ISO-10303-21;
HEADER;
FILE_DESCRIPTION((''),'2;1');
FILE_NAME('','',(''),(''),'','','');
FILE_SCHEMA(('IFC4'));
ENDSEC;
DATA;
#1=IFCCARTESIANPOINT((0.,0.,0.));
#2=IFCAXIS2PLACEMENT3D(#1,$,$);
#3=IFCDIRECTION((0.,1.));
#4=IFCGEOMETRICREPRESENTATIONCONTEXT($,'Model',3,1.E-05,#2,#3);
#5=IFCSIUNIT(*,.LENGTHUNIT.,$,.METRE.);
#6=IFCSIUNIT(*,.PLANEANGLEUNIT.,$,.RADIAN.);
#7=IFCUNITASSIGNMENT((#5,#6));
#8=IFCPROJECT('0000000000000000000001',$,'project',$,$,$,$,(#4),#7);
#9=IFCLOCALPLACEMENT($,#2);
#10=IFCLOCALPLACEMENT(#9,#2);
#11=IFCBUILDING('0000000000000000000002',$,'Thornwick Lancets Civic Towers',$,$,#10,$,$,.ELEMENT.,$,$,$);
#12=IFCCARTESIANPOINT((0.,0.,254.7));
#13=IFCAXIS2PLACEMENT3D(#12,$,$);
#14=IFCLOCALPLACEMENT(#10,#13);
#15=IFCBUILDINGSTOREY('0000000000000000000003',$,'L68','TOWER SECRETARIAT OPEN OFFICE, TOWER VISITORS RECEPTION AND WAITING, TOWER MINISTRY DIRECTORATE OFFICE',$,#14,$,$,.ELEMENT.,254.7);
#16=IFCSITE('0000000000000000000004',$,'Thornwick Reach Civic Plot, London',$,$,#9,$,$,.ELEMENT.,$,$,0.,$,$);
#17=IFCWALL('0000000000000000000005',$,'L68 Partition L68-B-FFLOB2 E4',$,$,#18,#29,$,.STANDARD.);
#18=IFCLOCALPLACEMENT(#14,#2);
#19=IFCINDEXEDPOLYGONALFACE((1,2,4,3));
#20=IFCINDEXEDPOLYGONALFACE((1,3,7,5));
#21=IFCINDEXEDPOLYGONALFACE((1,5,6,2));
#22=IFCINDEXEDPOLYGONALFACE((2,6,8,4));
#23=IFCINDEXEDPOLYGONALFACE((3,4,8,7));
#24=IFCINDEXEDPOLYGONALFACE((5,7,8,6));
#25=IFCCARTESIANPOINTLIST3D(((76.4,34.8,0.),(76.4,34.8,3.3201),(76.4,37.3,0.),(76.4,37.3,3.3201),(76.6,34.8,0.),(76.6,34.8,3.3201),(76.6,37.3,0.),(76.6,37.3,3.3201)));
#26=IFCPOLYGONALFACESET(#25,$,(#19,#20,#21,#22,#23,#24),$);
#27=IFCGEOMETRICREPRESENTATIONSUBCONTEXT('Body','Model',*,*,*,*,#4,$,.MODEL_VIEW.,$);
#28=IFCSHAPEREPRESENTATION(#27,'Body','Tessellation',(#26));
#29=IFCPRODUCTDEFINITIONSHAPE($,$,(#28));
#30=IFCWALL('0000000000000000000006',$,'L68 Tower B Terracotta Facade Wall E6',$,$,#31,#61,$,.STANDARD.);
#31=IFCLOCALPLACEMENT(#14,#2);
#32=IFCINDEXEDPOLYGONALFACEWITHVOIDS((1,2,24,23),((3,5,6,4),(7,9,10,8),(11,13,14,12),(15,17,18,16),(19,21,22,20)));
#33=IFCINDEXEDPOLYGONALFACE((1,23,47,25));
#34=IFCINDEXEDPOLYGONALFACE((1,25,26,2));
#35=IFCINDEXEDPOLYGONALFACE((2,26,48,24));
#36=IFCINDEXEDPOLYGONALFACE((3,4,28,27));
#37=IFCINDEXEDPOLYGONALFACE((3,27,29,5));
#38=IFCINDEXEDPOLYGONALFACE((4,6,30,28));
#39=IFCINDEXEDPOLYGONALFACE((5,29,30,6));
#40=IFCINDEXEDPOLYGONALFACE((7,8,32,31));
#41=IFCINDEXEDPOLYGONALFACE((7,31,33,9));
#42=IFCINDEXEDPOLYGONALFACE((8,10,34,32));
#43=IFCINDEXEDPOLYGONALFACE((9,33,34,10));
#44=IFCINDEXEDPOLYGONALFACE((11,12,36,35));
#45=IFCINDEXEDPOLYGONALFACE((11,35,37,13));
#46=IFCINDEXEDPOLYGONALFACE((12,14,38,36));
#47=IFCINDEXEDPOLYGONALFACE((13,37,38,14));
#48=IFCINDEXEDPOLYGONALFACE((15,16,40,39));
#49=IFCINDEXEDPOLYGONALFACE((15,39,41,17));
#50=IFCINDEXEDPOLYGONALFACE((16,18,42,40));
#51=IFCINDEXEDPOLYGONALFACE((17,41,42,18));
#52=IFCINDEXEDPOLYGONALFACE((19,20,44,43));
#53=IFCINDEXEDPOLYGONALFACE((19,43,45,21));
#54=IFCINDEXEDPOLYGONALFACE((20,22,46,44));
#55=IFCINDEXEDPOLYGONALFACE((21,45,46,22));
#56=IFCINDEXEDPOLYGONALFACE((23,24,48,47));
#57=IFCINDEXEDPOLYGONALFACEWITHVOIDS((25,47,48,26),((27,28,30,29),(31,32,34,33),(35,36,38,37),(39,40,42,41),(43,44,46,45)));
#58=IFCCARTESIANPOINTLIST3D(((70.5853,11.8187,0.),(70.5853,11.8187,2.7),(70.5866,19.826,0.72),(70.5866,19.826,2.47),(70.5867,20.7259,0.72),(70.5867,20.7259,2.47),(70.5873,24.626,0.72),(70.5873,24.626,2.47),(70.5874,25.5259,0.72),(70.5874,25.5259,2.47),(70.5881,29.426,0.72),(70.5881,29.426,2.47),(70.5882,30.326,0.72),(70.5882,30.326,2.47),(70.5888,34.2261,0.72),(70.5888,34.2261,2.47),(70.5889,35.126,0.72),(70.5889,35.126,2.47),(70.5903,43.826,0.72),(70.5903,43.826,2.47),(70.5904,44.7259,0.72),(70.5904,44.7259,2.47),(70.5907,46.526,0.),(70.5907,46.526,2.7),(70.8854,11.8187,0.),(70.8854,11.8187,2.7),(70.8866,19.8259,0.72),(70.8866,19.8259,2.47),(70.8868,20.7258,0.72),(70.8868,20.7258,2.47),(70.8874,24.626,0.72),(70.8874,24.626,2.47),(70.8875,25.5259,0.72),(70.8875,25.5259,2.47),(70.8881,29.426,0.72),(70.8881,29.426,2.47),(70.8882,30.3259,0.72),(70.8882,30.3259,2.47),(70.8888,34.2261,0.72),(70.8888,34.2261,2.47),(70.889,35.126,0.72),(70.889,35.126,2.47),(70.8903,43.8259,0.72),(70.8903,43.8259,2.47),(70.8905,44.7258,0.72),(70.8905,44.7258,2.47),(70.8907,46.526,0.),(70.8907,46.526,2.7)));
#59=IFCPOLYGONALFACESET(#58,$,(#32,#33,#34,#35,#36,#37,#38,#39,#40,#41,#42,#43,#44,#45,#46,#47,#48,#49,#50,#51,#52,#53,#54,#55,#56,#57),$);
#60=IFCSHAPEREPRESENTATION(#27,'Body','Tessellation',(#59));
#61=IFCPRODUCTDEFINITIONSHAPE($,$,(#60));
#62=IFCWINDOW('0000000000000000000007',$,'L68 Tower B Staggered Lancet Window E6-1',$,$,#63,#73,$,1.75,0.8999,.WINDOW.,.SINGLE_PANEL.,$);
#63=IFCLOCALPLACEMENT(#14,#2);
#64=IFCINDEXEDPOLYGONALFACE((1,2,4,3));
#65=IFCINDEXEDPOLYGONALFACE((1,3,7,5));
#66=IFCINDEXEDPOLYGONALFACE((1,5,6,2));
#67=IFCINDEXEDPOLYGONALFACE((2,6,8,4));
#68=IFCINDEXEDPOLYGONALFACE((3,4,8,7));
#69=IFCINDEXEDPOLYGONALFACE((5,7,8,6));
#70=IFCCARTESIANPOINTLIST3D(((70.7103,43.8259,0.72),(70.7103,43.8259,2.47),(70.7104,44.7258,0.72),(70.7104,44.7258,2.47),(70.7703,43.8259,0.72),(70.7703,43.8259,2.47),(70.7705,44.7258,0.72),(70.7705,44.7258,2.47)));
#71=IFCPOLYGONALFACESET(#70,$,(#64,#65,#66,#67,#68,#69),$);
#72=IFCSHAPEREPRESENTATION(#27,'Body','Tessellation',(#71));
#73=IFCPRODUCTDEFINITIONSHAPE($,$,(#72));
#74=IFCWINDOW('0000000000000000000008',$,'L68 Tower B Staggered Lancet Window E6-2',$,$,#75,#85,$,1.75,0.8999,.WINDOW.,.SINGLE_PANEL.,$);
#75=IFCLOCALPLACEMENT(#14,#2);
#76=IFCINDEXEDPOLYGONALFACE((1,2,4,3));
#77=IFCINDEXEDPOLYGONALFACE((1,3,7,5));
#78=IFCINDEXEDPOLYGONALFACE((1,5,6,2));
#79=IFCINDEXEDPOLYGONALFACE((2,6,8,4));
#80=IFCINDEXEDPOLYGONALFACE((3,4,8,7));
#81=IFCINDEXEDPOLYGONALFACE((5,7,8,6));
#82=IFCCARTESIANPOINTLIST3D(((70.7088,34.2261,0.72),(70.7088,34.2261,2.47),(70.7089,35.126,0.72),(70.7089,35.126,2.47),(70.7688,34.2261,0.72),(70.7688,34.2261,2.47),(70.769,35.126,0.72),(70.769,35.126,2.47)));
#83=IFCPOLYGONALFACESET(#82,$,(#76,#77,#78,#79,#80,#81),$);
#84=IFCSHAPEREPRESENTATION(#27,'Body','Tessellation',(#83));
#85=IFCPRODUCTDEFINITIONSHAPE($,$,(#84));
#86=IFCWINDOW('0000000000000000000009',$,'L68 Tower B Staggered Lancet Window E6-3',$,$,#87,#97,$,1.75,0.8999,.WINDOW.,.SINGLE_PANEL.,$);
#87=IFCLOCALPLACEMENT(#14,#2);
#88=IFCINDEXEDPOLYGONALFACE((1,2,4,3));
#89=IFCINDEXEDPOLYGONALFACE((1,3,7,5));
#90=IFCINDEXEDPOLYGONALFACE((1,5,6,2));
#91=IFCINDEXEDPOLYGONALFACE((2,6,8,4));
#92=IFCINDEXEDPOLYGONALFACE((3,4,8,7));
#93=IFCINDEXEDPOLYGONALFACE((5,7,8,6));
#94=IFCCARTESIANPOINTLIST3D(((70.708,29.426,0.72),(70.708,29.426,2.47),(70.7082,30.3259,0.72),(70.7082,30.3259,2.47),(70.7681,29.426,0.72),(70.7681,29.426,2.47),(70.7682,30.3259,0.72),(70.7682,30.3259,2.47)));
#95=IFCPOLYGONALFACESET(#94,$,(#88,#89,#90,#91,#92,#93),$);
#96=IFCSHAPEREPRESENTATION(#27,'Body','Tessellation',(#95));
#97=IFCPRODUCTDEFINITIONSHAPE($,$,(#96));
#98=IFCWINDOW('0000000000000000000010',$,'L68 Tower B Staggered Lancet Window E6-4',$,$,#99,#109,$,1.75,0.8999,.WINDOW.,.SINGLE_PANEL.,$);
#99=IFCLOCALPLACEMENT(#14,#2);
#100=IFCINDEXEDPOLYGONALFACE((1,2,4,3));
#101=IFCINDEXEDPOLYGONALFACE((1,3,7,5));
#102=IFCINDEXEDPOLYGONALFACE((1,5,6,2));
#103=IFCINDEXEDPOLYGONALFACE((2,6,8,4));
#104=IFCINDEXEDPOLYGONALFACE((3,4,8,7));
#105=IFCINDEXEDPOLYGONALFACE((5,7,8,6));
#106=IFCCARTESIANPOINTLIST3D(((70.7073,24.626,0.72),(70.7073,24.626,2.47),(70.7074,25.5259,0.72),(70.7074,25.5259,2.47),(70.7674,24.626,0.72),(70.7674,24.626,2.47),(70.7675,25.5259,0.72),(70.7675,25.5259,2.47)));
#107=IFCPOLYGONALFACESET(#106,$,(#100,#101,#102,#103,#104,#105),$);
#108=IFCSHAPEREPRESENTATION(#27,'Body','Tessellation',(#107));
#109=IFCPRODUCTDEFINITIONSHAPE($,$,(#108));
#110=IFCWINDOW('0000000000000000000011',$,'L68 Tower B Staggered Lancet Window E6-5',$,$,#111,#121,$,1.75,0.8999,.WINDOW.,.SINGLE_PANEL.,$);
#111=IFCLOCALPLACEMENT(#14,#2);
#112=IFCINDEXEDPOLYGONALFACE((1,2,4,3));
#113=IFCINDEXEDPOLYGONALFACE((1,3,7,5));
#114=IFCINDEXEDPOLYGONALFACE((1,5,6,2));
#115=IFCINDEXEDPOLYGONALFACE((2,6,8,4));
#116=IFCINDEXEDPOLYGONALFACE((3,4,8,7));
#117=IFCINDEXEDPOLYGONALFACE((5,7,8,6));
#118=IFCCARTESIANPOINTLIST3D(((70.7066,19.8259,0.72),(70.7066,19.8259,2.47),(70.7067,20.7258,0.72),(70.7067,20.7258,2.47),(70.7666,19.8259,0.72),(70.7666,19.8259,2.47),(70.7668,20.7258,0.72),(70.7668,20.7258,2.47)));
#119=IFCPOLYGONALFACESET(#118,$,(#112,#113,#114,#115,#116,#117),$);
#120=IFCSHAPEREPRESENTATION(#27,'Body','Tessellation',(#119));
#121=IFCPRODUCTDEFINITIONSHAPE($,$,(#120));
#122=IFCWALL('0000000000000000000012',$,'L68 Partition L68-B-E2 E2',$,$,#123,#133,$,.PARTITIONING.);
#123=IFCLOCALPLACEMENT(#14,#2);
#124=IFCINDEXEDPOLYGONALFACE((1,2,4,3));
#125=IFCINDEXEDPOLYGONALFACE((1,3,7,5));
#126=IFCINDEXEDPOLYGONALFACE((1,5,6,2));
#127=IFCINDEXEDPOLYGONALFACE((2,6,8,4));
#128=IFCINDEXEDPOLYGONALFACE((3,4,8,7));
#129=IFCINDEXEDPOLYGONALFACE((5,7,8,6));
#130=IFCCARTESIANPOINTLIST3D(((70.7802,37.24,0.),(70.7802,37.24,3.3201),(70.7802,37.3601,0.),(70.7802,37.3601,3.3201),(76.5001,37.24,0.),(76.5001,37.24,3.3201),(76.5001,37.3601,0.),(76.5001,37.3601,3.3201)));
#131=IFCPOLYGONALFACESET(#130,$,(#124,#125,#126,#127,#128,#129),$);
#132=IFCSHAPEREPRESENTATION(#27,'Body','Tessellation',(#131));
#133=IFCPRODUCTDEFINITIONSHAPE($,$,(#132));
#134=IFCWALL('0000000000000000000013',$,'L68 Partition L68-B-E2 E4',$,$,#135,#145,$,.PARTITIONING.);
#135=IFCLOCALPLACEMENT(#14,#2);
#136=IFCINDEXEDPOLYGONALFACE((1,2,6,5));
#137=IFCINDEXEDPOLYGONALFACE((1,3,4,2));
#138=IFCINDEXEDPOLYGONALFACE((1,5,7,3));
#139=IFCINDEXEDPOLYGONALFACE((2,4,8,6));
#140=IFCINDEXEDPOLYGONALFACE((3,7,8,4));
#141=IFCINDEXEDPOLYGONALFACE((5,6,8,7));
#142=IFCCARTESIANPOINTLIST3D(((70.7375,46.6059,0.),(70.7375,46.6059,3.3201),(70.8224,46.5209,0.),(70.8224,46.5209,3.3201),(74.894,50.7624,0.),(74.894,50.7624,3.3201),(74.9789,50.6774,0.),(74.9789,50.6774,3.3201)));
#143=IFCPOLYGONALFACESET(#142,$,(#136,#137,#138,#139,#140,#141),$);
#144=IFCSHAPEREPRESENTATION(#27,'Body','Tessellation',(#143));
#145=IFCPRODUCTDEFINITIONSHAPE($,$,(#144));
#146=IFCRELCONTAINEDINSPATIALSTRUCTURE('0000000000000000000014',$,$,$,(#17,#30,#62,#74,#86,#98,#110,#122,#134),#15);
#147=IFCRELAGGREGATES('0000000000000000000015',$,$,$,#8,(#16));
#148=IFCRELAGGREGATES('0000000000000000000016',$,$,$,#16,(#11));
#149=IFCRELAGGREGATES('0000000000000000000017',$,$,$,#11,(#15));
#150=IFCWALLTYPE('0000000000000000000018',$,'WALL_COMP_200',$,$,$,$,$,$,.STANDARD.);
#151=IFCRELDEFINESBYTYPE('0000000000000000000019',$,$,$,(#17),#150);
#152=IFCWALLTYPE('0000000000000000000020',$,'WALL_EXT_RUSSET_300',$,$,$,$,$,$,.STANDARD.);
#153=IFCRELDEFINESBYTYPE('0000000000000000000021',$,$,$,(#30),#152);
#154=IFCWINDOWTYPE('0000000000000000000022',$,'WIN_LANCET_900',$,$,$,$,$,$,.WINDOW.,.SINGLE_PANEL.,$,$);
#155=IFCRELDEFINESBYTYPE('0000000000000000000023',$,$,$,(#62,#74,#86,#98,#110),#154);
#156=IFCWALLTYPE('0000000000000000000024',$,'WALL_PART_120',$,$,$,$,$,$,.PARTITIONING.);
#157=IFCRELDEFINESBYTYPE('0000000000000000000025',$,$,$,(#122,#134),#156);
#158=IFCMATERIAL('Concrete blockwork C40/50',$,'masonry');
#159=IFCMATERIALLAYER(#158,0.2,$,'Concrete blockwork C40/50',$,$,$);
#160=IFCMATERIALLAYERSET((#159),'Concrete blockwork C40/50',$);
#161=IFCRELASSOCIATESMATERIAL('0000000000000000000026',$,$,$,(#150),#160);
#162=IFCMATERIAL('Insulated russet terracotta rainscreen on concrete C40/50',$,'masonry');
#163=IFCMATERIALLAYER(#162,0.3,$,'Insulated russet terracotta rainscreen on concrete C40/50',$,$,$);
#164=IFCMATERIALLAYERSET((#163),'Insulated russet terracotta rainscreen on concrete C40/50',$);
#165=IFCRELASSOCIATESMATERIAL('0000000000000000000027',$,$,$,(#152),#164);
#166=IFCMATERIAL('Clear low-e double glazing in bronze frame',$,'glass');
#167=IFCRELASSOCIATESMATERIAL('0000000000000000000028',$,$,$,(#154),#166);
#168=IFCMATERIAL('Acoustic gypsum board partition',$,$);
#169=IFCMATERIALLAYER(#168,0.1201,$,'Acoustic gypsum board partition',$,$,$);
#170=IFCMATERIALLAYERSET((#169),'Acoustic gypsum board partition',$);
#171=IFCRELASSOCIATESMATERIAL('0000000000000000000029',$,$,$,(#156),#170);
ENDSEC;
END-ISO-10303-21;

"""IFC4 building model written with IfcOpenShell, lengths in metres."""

from ifc_helpers import new_model, si_unit, direction, frame, frame_2d, origin, place, context, subcontext, project, spatial, rectangle, extrude, material, layer, layer_set, type_object, element, fill, save


model = new_model("IFC4")

# Units and contexts
model_context = context("Model", 3, precision=1e-05, world=origin(), true_north=direction((0.0, 1.0)))
body_context = subcontext(model_context, "Body", "Model", "MODEL_VIEW")
ifc_project = project(units=[si_unit("LENGTHUNIT", "METRE"), si_unit("PLANEANGLEUNIT", "RADIAN")], contexts=[model_context])

# Site, building, storey
site_placement = place(None, origin())
site = spatial("IfcSite", under=ifc_project, at=site_placement, Name="Thornwick Reach Civic Plot, London", CompositionType="ELEMENT", RefElevation=0.0)
building_placement = place(site_placement, origin())
building = spatial("IfcBuilding", under=site, at=building_placement, Name="Thornwick Lancets Civic Towers", CompositionType="ELEMENT")
storey_placement = place(building_placement, frame((0.0, 0.0, 254.7)))
storey = spatial("IfcBuildingStorey", under=building, at=storey_placement, Name="L68", Description="TOWER SECRETARIAT OPEN OFFICE, TOWER VISITORS RECEPTION AND WAITING, TOWER MINISTRY DIRECTORATE OFFICE", CompositionType="ELEMENT", Elevation=254.7)

# Wall
ifc_material_1 = material(Name="Concrete blockwork C40/50", Category="masonry")
ifc_layer_1 = layer(ifc_material_1, 0.2, Name="Concrete blockwork C40/50")
ifc_layer_set_1 = layer_set([ifc_layer_1], Name="Concrete blockwork C40/50")
wall_type_1 = type_object("IfcWallType", Name="WALL_COMP_200", PredefinedType="STANDARD", material=ifc_layer_set_1)
wall_1_placement = place(storey_placement, frame((76.5, 37.3, 0.0), z_axis=(0.0, 0.0, 1.0), x_axis=(0.0, -1.0, 0.0)))
element("IfcWall", 1, at=wall_1_placement, inside=storey, type_object=wall_type_1, Name="L68 Partition L68-B-FFLOB2 E4", PredefinedType="STANDARD", context=body_context, shape_type="SweptSolid", body=[
    extrude(rectangle(XDim=2.5, YDim=0.2, at=frame_2d((1.25, 0.0))), origin(), (0.0, 0.0, 1.0), 3.3201),
])

# Wall, openings, windows
ifc_material_2 = material(Name="Insulated russet terracotta rainscreen on concrete C40/50", Category="masonry")
ifc_layer_2 = layer(ifc_material_2, 0.3, Name="Insulated russet terracotta rainscreen on concrete C40/50")
ifc_layer_set_2 = layer_set([ifc_layer_2], Name="Insulated russet terracotta rainscreen on concrete C40/50")
wall_type_2 = type_object("IfcWallType", Name="WALL_EXT_RUSSET_300", PredefinedType="STANDARD", material=ifc_layer_set_2)
wall_2_placement = place(storey_placement, frame((70.7407, 46.5259, 0.0), z_axis=(0.0, 0.0, 1.0), x_axis=(-0.000155, -1.0, 0.0)))
wall_2 = element("IfcWall", 2, at=wall_2_placement, inside=storey, type_object=wall_type_2, Name="L68 Tower B Terracotta Facade Wall E6", PredefinedType="STANDARD", context=body_context, shape_type="SweptSolid", body=[
    extrude(rectangle(XDim=34.7073, YDim=0.3, at=frame_2d((17.3535, 0.0))), origin(), (0.0, 0.0, 1.0), 2.7),
])
opening_1_placement = place(wall_2_placement, frame((1.8, 0.0, 0.72)))
opening_1 = element("IfcOpeningElement", 3, at=opening_1_placement, cuts=wall_2, PredefinedType="OPENING", context=body_context, shape_type="SweptSolid", body=[
    extrude(rectangle(XDim=0.8999, YDim=1.75, at=frame_2d((0.45, 0.875))), frame((0.0, 0.1602, 0.0), z_axis=(0.0, -1.0, 0.0), x_axis=(1.0, 0.0, 0.0)), (0.0, 0.0, 1.0), 0.3201),
])
opening_2_placement = place(wall_2_placement, frame((11.3999, 0.0, 0.72)))
opening_2 = element("IfcOpeningElement", 4, at=opening_2_placement, cuts=wall_2, PredefinedType="OPENING", context=body_context, shape_type="SweptSolid", body=[
    extrude(rectangle(XDim=0.8999, YDim=1.75, at=frame_2d((0.45, 0.875))), frame((0.0, 0.1602, 0.0), z_axis=(0.0, -1.0, 0.0), x_axis=(1.0, 0.0, 0.0)), (0.0, 0.0, 1.0), 0.3201),
])
opening_3_placement = place(wall_2_placement, frame((16.2, 0.0, 0.72)))
opening_3 = element("IfcOpeningElement", 5, at=opening_3_placement, cuts=wall_2, PredefinedType="OPENING", context=body_context, shape_type="SweptSolid", body=[
    extrude(rectangle(XDim=0.8999, YDim=1.75, at=frame_2d((0.45, 0.875))), frame((0.0, 0.1602, 0.0), z_axis=(0.0, -1.0, 0.0), x_axis=(1.0, 0.0, 0.0)), (0.0, 0.0, 1.0), 0.3201),
])
opening_4_placement = place(wall_2_placement, frame((21.0, 0.0, 0.72)))
opening_4 = element("IfcOpeningElement", 6, at=opening_4_placement, cuts=wall_2, PredefinedType="OPENING", context=body_context, shape_type="SweptSolid", body=[
    extrude(rectangle(XDim=0.8999, YDim=1.75, at=frame_2d((0.45, 0.875))), frame((0.0, 0.1602, 0.0), z_axis=(0.0, -1.0, 0.0), x_axis=(1.0, 0.0, 0.0)), (0.0, 0.0, 1.0), 0.3201),
])
opening_5_placement = place(wall_2_placement, frame((25.8, 0.0, 0.72)))
opening_5 = element("IfcOpeningElement", 7, at=opening_5_placement, cuts=wall_2, PredefinedType="OPENING", context=body_context, shape_type="SweptSolid", body=[
    extrude(rectangle(XDim=0.8999, YDim=1.75, at=frame_2d((0.45, 0.875))), frame((0.0, 0.1602, 0.0), z_axis=(0.0, -1.0, 0.0), x_axis=(1.0, 0.0, 0.0)), (0.0, 0.0, 1.0), 0.3201),
])
ifc_material_3 = material(Name="Clear low-e double glazing in bronze frame", Category="glass")
window_type = type_object("IfcWindowType", Name="WIN_LANCET_900", PartitioningType="SINGLE_PANEL", PredefinedType="WINDOW", material=ifc_material_3)
window_1_placement = place(opening_1_placement, origin())
window_1 = element("IfcWindow", 8, at=window_1_placement, inside=storey, type_object=window_type, Name="L68 Tower B Staggered Lancet Window E6-1", OverallHeight=1.75, OverallWidth=0.8999, PartitioningType="SINGLE_PANEL", PredefinedType="WINDOW", context=body_context, shape_type="SweptSolid", body=[
    extrude(rectangle(XDim=0.8999, YDim=1.75, at=frame_2d((0.45, 0.875))), frame((0.0, 0.03, 0.0), z_axis=(0.0, -1.0, 0.0), x_axis=(1.0, 0.0, 0.0)), (0.0, 0.0, 1.0), 0.0601),
])
fill(opening_1, window_1)
window_2_placement = place(opening_2_placement, origin())
window_2 = element("IfcWindow", 9, at=window_2_placement, inside=storey, type_object=window_type, Name="L68 Tower B Staggered Lancet Window E6-2", OverallHeight=1.75, OverallWidth=0.8999, PartitioningType="SINGLE_PANEL", PredefinedType="WINDOW", context=body_context, shape_type="SweptSolid", body=[
    extrude(rectangle(XDim=0.8999, YDim=1.75, at=frame_2d((0.45, 0.875))), frame((0.0, 0.03, 0.0), z_axis=(0.0, -1.0, 0.0), x_axis=(1.0, 0.0, 0.0)), (0.0, 0.0, 1.0), 0.0601),
])
fill(opening_2, window_2)
window_3_placement = place(opening_3_placement, origin())
window_3 = element("IfcWindow", 10, at=window_3_placement, inside=storey, type_object=window_type, Name="L68 Tower B Staggered Lancet Window E6-3", OverallHeight=1.75, OverallWidth=0.8999, PartitioningType="SINGLE_PANEL", PredefinedType="WINDOW", context=body_context, shape_type="SweptSolid", body=[
    extrude(rectangle(XDim=0.8999, YDim=1.75, at=frame_2d((0.45, 0.875))), frame((0.0, 0.03, 0.0), z_axis=(0.0, -1.0, 0.0), x_axis=(1.0, 0.0, 0.0)), (0.0, 0.0, 1.0), 0.0601),
])
fill(opening_3, window_3)
window_4_placement = place(opening_4_placement, origin())
window_4 = element("IfcWindow", 11, at=window_4_placement, inside=storey, type_object=window_type, Name="L68 Tower B Staggered Lancet Window E6-4", OverallHeight=1.75, OverallWidth=0.8999, PartitioningType="SINGLE_PANEL", PredefinedType="WINDOW", context=body_context, shape_type="SweptSolid", body=[
    extrude(rectangle(XDim=0.8999, YDim=1.75, at=frame_2d((0.45, 0.875))), frame((0.0, 0.03, 0.0), z_axis=(0.0, -1.0, 0.0), x_axis=(1.0, 0.0, 0.0)), (0.0, 0.0, 1.0), 0.0601),
])
fill(opening_4, window_4)
window_5_placement = place(opening_5_placement, origin())
window_5 = element("IfcWindow", 12, at=window_5_placement, inside=storey, type_object=window_type, Name="L68 Tower B Staggered Lancet Window E6-5", OverallHeight=1.75, OverallWidth=0.8999, PartitioningType="SINGLE_PANEL", PredefinedType="WINDOW", context=body_context, shape_type="SweptSolid", body=[
    extrude(rectangle(XDim=0.8999, YDim=1.75, at=frame_2d((0.45, 0.875))), frame((0.0, 0.03, 0.0), z_axis=(0.0, -1.0, 0.0), x_axis=(1.0, 0.0, 0.0)), (0.0, 0.0, 1.0), 0.0601),
])
fill(opening_5, window_5)

# Walls
ifc_material_4 = material(Name="Acoustic gypsum board partition")
ifc_layer_3 = layer(ifc_material_4, 0.1201, Name="Acoustic gypsum board partition")
ifc_layer_set_3 = layer_set([ifc_layer_3], Name="Acoustic gypsum board partition")
wall_type_3 = type_object("IfcWallType", Name="WALL_PART_120", PredefinedType="PARTITIONING", material=ifc_layer_set_3)
wall_3_placement = place(storey_placement, frame((76.5, 37.3, 0.0), z_axis=(0.0, 0.0, 1.0), x_axis=(-1.0, 0.0, 0.0)))
element("IfcWall", 13, at=wall_3_placement, inside=storey, type_object=wall_type_3, Name="L68 Partition L68-B-E2 E2", PredefinedType="PARTITIONING", context=body_context, shape_type="SweptSolid", body=[
    extrude(rectangle(XDim=5.72, YDim=0.1201, at=frame_2d((2.8599, 0.0))), origin(), (0.0, 0.0, 1.0), 3.3201),
])
wall_4_placement = place(storey_placement, frame((70.78, 46.5635, 0.0), z_axis=(0.0, 0.0, 1.0), x_axis=(0.707107, 0.707107, 0.0)))
element("IfcWall", 14, at=wall_4_placement, inside=storey, type_object=wall_type_3, Name="L68 Partition L68-B-E2 E4", PredefinedType="PARTITIONING", context=body_context, shape_type="SweptSolid", body=[
    extrude(rectangle(XDim=5.8782, YDim=0.1201, at=frame_2d((2.939, 0.0))), origin(), (0.0, 0.0, 1.0), 3.3201),
])

save(model, "model.ifc")
